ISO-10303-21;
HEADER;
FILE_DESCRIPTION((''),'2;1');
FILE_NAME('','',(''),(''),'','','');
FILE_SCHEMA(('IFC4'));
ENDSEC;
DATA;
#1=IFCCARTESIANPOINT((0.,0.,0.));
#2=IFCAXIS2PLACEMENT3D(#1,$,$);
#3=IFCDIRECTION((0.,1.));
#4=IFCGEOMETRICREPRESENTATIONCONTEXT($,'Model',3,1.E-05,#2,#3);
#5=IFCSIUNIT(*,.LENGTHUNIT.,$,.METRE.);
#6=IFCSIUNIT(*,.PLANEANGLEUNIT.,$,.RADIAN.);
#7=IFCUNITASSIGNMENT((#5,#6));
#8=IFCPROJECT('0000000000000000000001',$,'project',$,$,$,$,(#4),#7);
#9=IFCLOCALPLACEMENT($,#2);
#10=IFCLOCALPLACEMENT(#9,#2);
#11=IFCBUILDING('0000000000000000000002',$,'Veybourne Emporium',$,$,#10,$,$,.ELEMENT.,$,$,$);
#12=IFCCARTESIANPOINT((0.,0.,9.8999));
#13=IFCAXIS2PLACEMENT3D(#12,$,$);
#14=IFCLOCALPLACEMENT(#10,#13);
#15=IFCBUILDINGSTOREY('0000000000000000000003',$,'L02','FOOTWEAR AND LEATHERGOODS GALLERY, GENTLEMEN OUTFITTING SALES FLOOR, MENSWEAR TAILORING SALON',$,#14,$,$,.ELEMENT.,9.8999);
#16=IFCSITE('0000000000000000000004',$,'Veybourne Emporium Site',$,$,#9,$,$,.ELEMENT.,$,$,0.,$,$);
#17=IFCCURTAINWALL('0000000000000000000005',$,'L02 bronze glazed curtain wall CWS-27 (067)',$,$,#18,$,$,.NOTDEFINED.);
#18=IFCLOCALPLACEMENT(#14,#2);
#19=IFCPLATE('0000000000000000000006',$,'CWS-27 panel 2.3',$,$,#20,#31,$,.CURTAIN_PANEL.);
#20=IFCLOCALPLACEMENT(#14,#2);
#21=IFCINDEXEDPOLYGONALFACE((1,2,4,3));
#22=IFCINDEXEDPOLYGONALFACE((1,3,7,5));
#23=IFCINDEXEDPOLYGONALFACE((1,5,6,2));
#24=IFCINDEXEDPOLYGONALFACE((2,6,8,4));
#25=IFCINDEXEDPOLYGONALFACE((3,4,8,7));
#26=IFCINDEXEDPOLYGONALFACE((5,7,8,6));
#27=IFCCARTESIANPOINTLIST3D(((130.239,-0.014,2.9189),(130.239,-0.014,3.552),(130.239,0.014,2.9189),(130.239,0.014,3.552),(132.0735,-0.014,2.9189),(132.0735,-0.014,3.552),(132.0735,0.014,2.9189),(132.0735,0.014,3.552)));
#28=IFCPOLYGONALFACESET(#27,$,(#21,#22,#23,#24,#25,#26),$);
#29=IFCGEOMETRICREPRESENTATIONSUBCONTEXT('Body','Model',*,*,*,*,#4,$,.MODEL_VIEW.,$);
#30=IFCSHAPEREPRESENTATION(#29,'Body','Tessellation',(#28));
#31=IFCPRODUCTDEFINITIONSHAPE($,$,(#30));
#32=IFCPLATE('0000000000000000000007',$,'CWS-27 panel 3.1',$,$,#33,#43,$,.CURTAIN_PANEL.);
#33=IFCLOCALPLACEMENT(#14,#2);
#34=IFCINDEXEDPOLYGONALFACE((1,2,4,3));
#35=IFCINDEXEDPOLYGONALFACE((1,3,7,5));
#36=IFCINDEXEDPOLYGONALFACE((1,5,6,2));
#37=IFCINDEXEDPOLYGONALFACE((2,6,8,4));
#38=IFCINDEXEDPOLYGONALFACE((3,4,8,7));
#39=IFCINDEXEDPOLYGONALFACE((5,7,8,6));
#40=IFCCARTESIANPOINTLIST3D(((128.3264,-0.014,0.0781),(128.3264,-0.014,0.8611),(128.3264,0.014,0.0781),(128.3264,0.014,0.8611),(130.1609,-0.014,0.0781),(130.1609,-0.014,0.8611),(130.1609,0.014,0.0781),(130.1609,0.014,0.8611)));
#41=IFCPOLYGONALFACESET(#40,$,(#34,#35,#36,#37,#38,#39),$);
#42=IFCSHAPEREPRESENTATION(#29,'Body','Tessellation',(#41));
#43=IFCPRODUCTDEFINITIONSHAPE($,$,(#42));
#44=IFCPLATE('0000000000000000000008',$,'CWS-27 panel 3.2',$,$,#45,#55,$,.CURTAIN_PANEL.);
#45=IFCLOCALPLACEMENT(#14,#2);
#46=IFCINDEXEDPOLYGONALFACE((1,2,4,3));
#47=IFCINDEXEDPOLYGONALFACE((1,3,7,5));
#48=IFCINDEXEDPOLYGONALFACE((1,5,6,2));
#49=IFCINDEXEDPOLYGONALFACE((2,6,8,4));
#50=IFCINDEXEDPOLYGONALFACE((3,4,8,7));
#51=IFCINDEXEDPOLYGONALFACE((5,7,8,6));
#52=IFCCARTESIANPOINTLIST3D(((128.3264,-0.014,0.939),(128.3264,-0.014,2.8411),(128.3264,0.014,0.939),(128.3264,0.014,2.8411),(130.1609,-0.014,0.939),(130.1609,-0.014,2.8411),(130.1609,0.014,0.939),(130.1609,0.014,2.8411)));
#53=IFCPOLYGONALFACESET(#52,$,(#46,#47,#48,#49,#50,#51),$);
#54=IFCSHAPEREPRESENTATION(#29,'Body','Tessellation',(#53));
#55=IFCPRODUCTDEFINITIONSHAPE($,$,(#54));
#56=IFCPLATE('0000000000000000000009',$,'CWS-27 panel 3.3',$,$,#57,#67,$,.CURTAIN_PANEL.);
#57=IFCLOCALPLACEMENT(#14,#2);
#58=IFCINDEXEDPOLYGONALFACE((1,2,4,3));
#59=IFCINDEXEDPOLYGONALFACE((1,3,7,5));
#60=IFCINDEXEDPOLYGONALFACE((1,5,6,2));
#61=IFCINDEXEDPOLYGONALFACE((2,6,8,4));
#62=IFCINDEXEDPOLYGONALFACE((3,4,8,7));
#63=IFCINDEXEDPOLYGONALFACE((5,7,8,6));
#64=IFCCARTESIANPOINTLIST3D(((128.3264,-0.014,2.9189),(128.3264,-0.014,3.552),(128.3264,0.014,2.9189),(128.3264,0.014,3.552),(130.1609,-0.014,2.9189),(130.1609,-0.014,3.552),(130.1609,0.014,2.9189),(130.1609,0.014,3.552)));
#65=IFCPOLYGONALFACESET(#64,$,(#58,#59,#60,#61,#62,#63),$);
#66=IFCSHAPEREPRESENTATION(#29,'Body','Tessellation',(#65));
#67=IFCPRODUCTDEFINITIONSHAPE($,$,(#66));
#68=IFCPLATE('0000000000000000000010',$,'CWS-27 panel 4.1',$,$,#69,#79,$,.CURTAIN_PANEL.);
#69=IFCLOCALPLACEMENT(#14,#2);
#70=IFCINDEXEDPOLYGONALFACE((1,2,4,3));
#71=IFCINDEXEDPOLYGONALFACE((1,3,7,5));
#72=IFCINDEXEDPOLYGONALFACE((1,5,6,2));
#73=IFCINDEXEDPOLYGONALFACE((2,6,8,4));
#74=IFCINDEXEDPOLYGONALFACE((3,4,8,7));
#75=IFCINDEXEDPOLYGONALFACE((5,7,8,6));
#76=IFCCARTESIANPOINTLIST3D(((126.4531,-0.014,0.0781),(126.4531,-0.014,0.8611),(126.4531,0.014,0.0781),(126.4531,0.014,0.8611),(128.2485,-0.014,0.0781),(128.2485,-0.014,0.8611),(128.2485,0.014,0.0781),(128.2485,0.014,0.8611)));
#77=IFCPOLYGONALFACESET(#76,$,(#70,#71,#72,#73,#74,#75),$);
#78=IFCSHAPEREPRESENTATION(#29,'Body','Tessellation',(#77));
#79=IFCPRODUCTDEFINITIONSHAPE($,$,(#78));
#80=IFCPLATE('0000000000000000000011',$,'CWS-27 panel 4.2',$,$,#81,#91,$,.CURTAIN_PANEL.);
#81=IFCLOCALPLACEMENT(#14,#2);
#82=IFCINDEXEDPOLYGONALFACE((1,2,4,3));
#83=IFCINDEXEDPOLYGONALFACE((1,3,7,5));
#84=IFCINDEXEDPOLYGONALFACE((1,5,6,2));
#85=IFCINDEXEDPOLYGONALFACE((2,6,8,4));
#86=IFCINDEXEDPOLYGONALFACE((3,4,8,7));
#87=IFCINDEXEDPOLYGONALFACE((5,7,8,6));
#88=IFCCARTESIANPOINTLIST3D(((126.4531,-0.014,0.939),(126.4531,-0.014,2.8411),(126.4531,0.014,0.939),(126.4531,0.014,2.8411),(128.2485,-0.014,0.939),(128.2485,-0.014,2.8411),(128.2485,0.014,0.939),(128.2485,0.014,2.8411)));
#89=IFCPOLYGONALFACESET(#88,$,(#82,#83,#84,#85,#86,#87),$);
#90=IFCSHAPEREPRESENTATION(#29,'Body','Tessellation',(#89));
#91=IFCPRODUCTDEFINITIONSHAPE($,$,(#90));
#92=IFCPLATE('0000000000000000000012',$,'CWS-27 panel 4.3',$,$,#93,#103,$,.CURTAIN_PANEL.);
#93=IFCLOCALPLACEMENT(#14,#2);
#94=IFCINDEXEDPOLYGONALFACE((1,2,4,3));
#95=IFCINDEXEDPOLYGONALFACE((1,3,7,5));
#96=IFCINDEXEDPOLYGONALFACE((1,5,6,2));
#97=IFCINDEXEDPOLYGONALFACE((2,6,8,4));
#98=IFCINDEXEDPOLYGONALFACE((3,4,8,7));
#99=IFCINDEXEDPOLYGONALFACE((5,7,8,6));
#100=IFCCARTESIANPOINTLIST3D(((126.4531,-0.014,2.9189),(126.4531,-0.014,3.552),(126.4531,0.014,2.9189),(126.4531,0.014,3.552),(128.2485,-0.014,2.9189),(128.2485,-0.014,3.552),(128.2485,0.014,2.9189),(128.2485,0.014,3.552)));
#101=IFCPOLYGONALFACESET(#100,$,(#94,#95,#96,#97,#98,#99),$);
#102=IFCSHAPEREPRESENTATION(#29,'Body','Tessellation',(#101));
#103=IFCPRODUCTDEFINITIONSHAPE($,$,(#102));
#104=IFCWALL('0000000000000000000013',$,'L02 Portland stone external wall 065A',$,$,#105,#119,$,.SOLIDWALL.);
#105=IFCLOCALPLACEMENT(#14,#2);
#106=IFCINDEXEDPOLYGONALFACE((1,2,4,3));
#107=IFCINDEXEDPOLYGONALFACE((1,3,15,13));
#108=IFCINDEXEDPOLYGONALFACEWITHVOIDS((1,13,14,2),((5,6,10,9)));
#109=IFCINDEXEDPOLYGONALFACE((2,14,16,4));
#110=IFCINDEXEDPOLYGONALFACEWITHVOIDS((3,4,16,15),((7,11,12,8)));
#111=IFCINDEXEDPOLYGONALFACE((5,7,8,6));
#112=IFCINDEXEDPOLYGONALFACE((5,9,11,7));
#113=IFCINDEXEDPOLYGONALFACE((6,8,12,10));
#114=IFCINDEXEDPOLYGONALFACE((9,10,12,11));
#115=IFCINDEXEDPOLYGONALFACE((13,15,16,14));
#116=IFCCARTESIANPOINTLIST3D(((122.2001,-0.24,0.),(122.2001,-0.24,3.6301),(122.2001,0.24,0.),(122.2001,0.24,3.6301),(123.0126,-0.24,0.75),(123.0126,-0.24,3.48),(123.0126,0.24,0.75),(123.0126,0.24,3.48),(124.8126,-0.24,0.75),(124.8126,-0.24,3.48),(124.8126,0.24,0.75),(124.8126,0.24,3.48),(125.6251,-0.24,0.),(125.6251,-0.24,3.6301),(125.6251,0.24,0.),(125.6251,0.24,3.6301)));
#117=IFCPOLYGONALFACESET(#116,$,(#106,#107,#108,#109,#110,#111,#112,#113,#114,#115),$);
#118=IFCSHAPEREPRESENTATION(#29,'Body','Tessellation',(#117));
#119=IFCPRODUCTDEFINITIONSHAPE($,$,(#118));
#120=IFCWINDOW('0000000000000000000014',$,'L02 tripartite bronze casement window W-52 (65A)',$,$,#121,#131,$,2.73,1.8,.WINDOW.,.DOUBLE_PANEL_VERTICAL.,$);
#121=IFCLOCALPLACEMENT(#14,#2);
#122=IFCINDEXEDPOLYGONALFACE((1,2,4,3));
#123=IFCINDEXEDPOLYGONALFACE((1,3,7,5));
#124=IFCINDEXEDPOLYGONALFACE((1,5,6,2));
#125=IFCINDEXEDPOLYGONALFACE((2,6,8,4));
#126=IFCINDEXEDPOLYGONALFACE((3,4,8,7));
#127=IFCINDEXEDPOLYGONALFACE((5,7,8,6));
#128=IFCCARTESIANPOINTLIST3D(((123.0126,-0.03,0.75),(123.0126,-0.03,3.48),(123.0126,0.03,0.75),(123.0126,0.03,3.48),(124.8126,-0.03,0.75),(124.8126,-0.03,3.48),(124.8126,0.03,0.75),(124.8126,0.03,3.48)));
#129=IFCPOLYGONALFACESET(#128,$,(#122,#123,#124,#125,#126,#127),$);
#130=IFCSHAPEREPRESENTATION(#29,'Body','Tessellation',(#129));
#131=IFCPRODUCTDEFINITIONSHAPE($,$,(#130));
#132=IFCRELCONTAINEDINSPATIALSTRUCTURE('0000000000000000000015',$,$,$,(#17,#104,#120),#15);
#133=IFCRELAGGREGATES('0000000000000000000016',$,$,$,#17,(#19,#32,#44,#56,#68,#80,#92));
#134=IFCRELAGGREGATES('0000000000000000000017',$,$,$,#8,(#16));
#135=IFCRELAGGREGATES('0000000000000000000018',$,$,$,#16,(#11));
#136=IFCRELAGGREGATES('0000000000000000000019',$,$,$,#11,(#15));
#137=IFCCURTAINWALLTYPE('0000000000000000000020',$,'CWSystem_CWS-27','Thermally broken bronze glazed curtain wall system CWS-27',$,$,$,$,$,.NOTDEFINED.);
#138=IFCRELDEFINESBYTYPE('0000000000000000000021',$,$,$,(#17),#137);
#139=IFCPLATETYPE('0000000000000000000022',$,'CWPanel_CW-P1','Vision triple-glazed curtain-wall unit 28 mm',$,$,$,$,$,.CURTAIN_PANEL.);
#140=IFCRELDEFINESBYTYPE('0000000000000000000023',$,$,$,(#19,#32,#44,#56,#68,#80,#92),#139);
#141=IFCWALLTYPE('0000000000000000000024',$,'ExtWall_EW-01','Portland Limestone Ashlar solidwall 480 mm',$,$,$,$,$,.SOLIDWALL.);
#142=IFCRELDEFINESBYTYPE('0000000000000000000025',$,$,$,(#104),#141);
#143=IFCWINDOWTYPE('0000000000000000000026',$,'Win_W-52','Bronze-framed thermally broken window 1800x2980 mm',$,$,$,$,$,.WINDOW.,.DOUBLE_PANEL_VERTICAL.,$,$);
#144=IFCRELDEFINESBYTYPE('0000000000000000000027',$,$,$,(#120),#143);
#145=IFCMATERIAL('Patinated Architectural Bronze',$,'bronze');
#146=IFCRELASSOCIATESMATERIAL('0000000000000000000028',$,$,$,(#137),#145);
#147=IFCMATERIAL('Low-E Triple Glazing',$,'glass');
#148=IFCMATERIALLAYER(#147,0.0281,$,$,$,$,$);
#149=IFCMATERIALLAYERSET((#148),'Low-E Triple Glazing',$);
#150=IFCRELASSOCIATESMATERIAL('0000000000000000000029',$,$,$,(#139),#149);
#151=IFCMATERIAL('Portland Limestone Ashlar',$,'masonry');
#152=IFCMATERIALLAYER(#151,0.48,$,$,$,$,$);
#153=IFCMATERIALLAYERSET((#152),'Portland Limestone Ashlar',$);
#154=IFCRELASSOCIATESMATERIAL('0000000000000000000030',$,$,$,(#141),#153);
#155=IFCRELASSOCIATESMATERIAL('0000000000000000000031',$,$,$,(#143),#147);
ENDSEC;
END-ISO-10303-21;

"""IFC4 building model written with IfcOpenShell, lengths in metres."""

from ifc_helpers import new_model, si_unit, direction, frame, frame_2d, origin, origin_2d, place, context, subcontext, project, spatial, rectangle, extrude, material, layer, layer_set, type_object, element, fill, aggregate, save


model = new_model("IFC4")

# Units and contexts
model_context = context("Model", 3, precision=1e-05, world=origin(), true_north=direction((0.0, 1.0)))
body_context = subcontext(model_context, "Body", "Model", "MODEL_VIEW")
ifc_project = project(units=[si_unit("LENGTHUNIT", "METRE"), si_unit("PLANEANGLEUNIT", "RADIAN")], contexts=[model_context])

# Site, building, storey
site_placement = place(None, origin())
site = spatial("IfcSite", under=ifc_project, at=site_placement, Name="Veybourne Emporium Site", CompositionType="ELEMENT", RefElevation=0.0)
building_placement = place(site_placement, origin())
building = spatial("IfcBuilding", under=site, at=building_placement, Name="Veybourne Emporium", CompositionType="ELEMENT")
storey_placement = place(building_placement, frame((0.0, 0.0, 9.8999)))
storey = spatial("IfcBuildingStorey", under=building, at=storey_placement, Name="L02", Description="FOOTWEAR AND LEATHERGOODS GALLERY, GENTLEMEN OUTFITTING SALES FLOOR, MENSWEAR TAILORING SALON", CompositionType="ELEMENT", Elevation=9.8999)

# Curtain wall
ifc_material_1 = material(Name="Patinated Architectural Bronze", Category="bronze")
curtain_wall_type = type_object("IfcCurtainWallType", Name="CWSystem_CWS-27", Description="Thermally broken bronze glazed curtain wall system CWS-27", PredefinedType="NOTDEFINED", material=ifc_material_1)
curtain_wall_placement = place(storey_placement, origin())
curtain_wall = element("IfcCurtainWall", 1, at=curtain_wall_placement, inside=storey, type_object=curtain_wall_type, Name="L02 bronze glazed curtain wall CWS-27 (067)", PredefinedType="NOTDEFINED")

# Plates
ifc_material_2 = material(Name="Low-E Triple Glazing", Category="glass")
ifc_layer_1 = layer(ifc_material_2, 0.0281)
ifc_layer_set_1 = layer_set([ifc_layer_1], Name="Low-E Triple Glazing")
plate_type = type_object("IfcPlateType", Name="CWPanel_CW-P1", Description="Vision triple-glazed curtain-wall unit 28 mm", PredefinedType="CURTAIN_PANEL", material=ifc_layer_set_1)
plate_1_placement = place(storey_placement, frame((131.1562, 0.0, 2.9189), z_axis=(0.0, 0.0, 1.0), x_axis=(-1.0, 0.0, 0.0)))
plate_1 = element("IfcPlate", 2, at=plate_1_placement, type_object=plate_type, Name="CWS-27 panel 2.3", PredefinedType="CURTAIN_PANEL", context=body_context, shape_type="SweptSolid", body=[
    extrude(rectangle(XDim=1.8345, YDim=0.0281, at=origin_2d()), origin(), (0.0, 0.0, 1.0), 0.6331),
])
plate_2_placement = place(storey_placement, frame((129.2437, 0.0, 0.0781), z_axis=(0.0, 0.0, 1.0), x_axis=(-1.0, 0.0, 0.0)))
plate_2 = element("IfcPlate", 3, at=plate_2_placement, type_object=plate_type, Name="CWS-27 panel 3.1", PredefinedType="CURTAIN_PANEL", context=body_context, shape_type="SweptSolid", body=[
    extrude(rectangle(XDim=1.8345, YDim=0.0281, at=origin_2d()), origin(), (0.0, 0.0, 1.0), 0.783),
])
plate_3_placement = place(storey_placement, frame((129.2437, 0.0, 0.939), z_axis=(0.0, 0.0, 1.0), x_axis=(-1.0, 0.0, 0.0)))
plate_3 = element("IfcPlate", 4, at=plate_3_placement, type_object=plate_type, Name="CWS-27 panel 3.2", PredefinedType="CURTAIN_PANEL", context=body_context, shape_type="SweptSolid", body=[
    extrude(rectangle(XDim=1.8345, YDim=0.0281, at=origin_2d()), origin(), (0.0, 0.0, 1.0), 1.9021),
])
plate_4_placement = place(storey_placement, frame((129.2437, 0.0, 2.9189), z_axis=(0.0, 0.0, 1.0), x_axis=(-1.0, 0.0, 0.0)))
plate_4 = element("IfcPlate", 5, at=plate_4_placement, type_object=plate_type, Name="CWS-27 panel 3.3", PredefinedType="CURTAIN_PANEL", context=body_context, shape_type="SweptSolid", body=[
    extrude(rectangle(XDim=1.8345, YDim=0.0281, at=origin_2d()), origin(), (0.0, 0.0, 1.0), 0.6331),
])
plate_5_placement = place(storey_placement, frame((127.3508, 0.0, 0.0781), z_axis=(0.0, 0.0, 1.0), x_axis=(-1.0, 0.0, 0.0)))
plate_5 = element("IfcPlate", 6, at=plate_5_placement, type_object=plate_type, Name="CWS-27 panel 4.1", PredefinedType="CURTAIN_PANEL", context=body_context, shape_type="SweptSolid", body=[
    extrude(rectangle(XDim=1.7954, YDim=0.0281, at=origin_2d()), origin(), (0.0, 0.0, 1.0), 0.783),
])
plate_6_placement = place(storey_placement, frame((127.3508, 0.0, 0.939), z_axis=(0.0, 0.0, 1.0), x_axis=(-1.0, 0.0, 0.0)))
plate_6 = element("IfcPlate", 7, at=plate_6_placement, type_object=plate_type, Name="CWS-27 panel 4.2", PredefinedType="CURTAIN_PANEL", context=body_context, shape_type="SweptSolid", body=[
    extrude(rectangle(XDim=1.7954, YDim=0.0281, at=origin_2d()), origin(), (0.0, 0.0, 1.0), 1.9021),
])
plate_7_placement = place(storey_placement, frame((127.3508, 0.0, 2.9189), z_axis=(0.0, 0.0, 1.0), x_axis=(-1.0, 0.0, 0.0)))
plate_7 = element("IfcPlate", 8, at=plate_7_placement, type_object=plate_type, Name="CWS-27 panel 4.3", PredefinedType="CURTAIN_PANEL", context=body_context, shape_type="SweptSolid", body=[
    extrude(rectangle(XDim=1.7954, YDim=0.0281, at=origin_2d()), origin(), (0.0, 0.0, 1.0), 0.6331),
])
aggregate(curtain_wall, [plate_1, plate_2, plate_3, plate_4, plate_5, plate_6, plate_7])

# Wall, opening, window
ifc_material_3 = material(Name="Portland Limestone Ashlar", Category="masonry")
ifc_layer_2 = layer(ifc_material_3, 0.48)
ifc_layer_set_2 = layer_set([ifc_layer_2], Name="Portland Limestone Ashlar")
wall_type = type_object("IfcWallType", Name="ExtWall_EW-01", Description="Portland Limestone Ashlar solidwall 480 mm", PredefinedType="SOLIDWALL", material=ifc_layer_set_2)
wall_placement = place(storey_placement, frame((125.625, 0.0, 0.0), z_axis=(0.0, 0.0, 1.0), x_axis=(-1.0, 0.0, 0.0)))
wall = element("IfcWall", 9, at=wall_placement, inside=storey, type_object=wall_type, Name="L02 Portland stone external wall 065A", PredefinedType="SOLIDWALL", context=body_context, shape_type="SweptSolid", body=[
    extrude(rectangle(XDim=3.425, YDim=0.48, at=frame_2d((1.7124, 0.0))), origin(), (0.0, 0.0, 1.0), 3.6301),
])
opening_placement = place(wall_placement, frame((0.8125, 0.0, 0.75)))
opening = element("IfcOpeningElement", 10, at=opening_placement, cuts=wall, PredefinedType="OPENING", context=body_context, shape_type="SweptSolid", body=[
    extrude(rectangle(XDim=1.8, YDim=2.73, at=frame_2d((0.8999, 1.365))), frame((0.0, 0.26, 0.0), z_axis=(0.0, -1.0, 0.0), x_axis=(1.0, 0.0, 0.0)), (0.0, 0.0, 1.0), 0.52),
])
window_type = type_object("IfcWindowType", Name="Win_W-52", Description="Bronze-framed thermally broken window 1800x2980 mm", PartitioningType="DOUBLE_PANEL_VERTICAL", PredefinedType="WINDOW", material=ifc_material_2)
window_placement = place(opening_placement, origin())
window = element("IfcWindow", 11, at=window_placement, inside=storey, type_object=window_type, Name="L02 tripartite bronze casement window W-52 (65A)", OverallHeight=2.73, OverallWidth=1.8, PartitioningType="DOUBLE_PANEL_VERTICAL", PredefinedType="WINDOW", context=body_context, shape_type="SweptSolid", body=[
    extrude(rectangle(XDim=1.8, YDim=2.73, at=frame_2d((0.8999, 1.365))), frame((0.0, 0.03, 0.0), z_axis=(0.0, -1.0, 0.0), x_axis=(1.0, 0.0, 0.0)), (0.0, 0.0, 1.0), 0.0601),
])
fill(opening, window)

save(model, "model.ifc")
